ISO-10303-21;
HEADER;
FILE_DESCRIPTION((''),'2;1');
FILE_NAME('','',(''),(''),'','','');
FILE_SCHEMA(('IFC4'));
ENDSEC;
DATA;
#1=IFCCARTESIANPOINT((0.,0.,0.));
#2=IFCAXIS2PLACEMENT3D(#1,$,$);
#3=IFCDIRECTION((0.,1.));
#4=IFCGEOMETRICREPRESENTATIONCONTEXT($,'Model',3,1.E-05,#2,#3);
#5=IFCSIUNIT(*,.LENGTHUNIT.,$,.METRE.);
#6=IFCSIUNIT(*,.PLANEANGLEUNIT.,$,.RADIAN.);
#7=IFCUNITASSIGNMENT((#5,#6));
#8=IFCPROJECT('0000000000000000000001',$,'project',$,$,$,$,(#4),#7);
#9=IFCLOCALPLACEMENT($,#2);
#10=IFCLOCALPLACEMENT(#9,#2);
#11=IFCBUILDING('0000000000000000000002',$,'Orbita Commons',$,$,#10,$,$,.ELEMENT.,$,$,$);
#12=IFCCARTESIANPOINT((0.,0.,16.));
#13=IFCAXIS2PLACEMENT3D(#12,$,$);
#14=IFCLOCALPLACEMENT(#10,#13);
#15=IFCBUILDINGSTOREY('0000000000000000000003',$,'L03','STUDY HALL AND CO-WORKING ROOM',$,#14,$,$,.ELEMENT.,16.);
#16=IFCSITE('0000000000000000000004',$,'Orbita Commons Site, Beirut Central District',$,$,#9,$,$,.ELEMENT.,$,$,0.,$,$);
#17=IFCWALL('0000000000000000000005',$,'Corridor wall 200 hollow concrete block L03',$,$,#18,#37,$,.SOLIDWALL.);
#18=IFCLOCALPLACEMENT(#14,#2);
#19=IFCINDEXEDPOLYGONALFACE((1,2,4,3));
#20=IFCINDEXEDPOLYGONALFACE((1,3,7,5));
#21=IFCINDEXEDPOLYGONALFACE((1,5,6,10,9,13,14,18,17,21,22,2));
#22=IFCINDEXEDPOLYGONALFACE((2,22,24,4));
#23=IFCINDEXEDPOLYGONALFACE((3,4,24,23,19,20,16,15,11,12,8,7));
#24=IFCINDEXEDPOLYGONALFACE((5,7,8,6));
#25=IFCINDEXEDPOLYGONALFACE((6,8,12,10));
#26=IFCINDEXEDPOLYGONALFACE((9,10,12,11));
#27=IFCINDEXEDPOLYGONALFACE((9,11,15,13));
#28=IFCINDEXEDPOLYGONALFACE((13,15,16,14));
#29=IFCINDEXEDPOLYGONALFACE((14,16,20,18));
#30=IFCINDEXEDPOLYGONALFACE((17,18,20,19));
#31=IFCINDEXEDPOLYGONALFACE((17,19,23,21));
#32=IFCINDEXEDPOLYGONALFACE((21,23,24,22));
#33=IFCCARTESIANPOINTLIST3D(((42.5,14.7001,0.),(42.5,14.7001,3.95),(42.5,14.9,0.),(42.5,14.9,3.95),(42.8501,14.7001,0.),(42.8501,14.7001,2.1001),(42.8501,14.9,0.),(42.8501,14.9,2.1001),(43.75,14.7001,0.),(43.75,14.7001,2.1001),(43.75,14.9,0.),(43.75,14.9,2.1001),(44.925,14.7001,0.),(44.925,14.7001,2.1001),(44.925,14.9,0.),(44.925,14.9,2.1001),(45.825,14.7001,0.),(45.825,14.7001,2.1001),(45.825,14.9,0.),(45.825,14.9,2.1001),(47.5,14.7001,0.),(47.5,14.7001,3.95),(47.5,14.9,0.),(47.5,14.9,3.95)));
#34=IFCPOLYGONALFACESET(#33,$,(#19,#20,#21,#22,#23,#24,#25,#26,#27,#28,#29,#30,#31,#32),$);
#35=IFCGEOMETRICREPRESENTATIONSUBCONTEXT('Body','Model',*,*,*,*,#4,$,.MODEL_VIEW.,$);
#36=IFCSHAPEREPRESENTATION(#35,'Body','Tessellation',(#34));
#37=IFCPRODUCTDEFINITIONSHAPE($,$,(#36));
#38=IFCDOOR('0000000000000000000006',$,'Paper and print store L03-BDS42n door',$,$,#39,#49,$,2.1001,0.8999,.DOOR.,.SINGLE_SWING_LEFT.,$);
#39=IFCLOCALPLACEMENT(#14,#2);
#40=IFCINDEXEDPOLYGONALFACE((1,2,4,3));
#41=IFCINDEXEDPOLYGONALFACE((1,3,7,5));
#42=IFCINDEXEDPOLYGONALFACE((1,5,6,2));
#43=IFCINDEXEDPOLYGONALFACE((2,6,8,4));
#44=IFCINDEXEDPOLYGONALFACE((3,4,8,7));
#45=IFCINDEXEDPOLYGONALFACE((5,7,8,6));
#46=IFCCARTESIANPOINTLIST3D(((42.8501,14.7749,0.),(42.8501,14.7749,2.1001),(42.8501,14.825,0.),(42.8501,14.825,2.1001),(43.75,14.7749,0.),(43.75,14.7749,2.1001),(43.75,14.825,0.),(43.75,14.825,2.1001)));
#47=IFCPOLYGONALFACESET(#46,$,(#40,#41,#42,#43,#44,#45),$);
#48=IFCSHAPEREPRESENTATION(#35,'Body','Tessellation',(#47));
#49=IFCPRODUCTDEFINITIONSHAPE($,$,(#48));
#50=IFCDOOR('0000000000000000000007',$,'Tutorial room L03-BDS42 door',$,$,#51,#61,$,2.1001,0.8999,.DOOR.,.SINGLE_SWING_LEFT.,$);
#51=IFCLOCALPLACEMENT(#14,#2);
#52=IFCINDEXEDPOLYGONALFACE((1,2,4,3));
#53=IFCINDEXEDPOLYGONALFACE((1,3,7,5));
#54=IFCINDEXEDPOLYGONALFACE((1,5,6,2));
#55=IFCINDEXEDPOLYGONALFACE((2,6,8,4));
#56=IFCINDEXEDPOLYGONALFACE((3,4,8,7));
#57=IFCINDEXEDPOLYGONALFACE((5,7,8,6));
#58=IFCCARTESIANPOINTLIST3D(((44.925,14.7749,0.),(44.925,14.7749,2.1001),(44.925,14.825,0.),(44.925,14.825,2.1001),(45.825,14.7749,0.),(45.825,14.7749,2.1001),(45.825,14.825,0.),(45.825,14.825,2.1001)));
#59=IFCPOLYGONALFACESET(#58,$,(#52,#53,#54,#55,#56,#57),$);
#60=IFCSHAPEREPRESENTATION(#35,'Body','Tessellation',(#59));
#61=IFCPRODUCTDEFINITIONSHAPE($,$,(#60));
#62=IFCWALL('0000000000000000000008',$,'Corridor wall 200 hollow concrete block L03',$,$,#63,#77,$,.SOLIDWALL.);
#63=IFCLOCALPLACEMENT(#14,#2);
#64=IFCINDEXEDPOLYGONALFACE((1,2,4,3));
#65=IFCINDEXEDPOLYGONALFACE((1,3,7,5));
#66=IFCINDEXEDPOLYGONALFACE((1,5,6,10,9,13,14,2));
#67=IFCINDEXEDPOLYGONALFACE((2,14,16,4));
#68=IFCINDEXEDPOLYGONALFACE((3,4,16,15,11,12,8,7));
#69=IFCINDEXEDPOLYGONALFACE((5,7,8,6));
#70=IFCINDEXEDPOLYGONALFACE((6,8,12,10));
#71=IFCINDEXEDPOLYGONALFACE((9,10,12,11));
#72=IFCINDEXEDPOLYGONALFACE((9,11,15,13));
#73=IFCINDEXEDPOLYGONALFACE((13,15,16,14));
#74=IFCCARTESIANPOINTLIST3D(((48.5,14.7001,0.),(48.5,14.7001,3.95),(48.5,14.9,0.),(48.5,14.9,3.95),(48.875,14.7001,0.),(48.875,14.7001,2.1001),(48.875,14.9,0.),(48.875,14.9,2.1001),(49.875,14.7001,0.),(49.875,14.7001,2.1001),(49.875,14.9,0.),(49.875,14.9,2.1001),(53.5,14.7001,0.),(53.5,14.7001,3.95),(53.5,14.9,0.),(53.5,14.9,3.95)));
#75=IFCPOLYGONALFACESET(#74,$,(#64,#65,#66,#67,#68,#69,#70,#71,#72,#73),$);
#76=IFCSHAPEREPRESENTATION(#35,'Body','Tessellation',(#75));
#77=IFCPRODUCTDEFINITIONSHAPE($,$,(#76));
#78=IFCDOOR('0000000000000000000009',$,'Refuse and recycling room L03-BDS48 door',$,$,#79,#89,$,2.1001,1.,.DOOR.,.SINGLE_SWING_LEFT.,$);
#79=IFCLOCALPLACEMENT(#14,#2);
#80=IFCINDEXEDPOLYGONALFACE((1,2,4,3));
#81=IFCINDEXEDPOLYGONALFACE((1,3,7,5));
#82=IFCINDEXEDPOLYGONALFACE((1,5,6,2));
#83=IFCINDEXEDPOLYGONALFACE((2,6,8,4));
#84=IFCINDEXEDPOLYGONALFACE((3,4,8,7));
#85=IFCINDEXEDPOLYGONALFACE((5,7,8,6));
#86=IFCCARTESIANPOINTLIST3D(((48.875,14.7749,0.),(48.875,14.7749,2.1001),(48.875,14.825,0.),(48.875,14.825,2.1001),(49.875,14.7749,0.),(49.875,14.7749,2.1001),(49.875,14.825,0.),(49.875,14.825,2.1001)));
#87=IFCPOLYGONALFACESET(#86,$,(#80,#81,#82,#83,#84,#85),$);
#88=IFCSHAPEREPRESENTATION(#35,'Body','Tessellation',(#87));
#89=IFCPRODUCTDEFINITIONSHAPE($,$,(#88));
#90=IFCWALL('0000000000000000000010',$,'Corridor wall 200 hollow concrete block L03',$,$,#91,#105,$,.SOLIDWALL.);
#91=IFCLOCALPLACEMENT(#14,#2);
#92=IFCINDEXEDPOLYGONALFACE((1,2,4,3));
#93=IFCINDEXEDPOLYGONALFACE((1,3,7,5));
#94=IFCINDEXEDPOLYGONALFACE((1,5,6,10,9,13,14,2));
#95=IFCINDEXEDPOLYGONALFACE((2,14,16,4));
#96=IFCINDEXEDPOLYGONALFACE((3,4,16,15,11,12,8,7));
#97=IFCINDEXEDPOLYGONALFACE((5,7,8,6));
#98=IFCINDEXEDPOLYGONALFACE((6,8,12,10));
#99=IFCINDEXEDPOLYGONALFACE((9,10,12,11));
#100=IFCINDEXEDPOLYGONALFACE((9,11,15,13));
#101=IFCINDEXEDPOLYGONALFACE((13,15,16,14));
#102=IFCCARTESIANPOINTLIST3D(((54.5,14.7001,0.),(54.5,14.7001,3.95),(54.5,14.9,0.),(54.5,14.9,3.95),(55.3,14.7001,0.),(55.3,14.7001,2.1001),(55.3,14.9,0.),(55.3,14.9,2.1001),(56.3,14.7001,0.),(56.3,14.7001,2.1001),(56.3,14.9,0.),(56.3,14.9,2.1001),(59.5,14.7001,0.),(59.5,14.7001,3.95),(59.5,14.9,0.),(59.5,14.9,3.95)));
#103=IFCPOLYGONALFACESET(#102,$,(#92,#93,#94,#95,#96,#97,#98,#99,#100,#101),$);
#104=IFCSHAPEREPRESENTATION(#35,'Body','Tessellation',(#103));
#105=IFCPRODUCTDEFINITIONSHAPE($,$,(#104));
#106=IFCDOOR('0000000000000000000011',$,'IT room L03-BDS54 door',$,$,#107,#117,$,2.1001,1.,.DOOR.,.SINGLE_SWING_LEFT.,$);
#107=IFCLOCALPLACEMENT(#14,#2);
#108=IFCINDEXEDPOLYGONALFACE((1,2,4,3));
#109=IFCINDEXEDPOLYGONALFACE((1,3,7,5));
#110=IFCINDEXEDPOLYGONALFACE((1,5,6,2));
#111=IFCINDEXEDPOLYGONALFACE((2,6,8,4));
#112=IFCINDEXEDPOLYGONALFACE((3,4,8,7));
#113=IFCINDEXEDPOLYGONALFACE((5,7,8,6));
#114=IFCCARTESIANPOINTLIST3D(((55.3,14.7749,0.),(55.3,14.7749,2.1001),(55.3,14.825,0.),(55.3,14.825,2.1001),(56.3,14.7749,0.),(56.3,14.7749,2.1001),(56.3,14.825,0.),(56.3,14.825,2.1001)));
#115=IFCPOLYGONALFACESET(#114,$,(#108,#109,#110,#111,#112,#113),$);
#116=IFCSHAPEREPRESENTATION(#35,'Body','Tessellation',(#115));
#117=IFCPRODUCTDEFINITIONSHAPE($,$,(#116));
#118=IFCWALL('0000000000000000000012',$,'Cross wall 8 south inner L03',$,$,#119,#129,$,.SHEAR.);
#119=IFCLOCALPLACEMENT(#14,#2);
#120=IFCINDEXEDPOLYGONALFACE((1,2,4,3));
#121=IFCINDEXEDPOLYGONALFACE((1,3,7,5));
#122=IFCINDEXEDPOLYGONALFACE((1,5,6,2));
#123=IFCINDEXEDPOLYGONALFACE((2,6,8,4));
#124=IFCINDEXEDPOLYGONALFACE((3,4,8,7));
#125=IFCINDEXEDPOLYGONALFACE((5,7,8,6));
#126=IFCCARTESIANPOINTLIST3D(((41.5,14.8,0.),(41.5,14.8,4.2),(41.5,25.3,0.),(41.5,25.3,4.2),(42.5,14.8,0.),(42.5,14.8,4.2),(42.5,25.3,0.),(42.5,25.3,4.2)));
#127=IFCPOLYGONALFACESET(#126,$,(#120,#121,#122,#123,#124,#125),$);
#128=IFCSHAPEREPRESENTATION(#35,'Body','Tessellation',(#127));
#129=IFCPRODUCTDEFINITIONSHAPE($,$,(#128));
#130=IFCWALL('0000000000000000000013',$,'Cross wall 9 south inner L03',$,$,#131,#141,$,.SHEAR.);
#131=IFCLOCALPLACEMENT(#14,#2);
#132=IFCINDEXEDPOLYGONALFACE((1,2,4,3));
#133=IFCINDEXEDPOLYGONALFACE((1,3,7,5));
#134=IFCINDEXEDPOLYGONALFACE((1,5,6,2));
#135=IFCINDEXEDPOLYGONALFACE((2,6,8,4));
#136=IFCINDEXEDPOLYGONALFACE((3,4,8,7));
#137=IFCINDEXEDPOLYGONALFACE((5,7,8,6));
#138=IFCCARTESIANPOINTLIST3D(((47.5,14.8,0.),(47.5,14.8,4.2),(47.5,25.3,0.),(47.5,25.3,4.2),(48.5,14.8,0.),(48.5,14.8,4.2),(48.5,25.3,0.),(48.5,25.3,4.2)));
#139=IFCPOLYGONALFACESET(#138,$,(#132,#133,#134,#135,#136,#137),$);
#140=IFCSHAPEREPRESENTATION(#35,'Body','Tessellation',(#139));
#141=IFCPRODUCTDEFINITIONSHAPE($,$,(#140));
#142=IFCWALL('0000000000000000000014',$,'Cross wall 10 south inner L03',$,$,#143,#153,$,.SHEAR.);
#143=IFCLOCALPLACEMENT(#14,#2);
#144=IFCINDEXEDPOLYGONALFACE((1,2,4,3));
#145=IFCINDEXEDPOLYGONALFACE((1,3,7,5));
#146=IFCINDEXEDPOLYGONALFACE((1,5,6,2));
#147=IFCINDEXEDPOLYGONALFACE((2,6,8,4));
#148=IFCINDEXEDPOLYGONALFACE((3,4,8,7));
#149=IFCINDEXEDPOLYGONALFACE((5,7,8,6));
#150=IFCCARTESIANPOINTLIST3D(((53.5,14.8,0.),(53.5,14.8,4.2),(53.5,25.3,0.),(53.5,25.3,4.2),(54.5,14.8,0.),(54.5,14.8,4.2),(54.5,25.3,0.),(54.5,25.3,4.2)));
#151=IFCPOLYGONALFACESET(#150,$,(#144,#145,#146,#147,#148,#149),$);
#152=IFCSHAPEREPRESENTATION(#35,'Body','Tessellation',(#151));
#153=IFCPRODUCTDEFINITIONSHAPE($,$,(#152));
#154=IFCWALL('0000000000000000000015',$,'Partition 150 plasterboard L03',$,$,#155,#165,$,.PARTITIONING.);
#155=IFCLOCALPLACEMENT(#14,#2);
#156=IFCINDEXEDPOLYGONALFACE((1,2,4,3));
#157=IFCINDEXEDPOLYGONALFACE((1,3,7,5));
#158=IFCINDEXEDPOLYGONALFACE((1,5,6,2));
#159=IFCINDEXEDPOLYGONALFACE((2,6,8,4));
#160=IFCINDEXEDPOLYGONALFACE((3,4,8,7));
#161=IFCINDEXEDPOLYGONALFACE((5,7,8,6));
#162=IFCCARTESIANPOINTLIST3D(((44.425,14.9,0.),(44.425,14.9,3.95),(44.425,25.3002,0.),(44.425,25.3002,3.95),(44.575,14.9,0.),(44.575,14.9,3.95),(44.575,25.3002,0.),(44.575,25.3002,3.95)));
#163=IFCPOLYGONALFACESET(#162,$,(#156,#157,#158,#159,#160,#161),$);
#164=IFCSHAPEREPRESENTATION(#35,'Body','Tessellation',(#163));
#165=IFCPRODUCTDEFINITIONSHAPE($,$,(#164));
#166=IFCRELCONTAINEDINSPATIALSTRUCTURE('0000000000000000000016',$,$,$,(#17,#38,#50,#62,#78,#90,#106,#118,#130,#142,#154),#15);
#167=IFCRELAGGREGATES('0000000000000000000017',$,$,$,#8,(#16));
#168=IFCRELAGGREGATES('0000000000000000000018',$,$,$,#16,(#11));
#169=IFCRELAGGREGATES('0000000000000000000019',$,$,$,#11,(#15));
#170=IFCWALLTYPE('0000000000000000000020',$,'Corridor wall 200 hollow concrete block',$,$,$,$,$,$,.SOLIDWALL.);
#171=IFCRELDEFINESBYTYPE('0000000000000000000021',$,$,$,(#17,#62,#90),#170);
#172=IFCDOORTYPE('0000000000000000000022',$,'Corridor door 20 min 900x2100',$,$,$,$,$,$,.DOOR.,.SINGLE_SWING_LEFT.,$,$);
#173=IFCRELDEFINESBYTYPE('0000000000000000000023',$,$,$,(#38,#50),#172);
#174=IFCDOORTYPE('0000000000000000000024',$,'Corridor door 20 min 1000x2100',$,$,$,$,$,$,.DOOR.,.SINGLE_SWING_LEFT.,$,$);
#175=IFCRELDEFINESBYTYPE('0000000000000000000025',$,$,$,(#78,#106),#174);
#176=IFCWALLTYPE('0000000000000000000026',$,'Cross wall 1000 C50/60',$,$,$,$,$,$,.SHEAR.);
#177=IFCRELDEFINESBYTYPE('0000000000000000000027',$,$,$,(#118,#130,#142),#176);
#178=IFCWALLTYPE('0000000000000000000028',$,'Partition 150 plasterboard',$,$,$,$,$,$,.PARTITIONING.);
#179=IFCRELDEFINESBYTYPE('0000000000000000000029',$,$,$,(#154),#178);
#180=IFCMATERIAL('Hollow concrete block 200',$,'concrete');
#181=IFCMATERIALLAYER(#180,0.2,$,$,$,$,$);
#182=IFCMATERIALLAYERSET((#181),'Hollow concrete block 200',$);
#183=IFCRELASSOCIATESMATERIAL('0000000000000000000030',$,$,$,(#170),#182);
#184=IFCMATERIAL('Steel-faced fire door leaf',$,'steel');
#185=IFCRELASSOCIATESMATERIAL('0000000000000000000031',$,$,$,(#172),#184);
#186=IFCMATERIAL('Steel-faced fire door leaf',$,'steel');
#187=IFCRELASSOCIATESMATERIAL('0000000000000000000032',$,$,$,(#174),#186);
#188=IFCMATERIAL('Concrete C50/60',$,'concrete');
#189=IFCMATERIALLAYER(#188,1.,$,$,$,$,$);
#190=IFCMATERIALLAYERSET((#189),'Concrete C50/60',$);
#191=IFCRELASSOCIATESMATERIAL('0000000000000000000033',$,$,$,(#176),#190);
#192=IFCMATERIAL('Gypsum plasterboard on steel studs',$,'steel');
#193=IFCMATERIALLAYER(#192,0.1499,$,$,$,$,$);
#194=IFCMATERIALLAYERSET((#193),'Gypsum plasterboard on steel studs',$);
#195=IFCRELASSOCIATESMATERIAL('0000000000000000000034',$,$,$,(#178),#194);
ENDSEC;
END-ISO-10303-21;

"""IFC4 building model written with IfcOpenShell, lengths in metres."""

from ifc_helpers import new_model, si_unit, direction, frame, frame_2d, origin, place, context, subcontext, project, spatial, rectangle, extrude, material, layer, layer_set, type_object, element, fill, save


model = new_model("IFC4")

# Units and contexts
model_context = context("Model", 3, precision=1e-05, world=origin(), true_north=direction((0.0, 1.0)))
body_context = subcontext(model_context, "Body", "Model", "MODEL_VIEW")
ifc_project = project(units=[si_unit("LENGTHUNIT", "METRE"), si_unit("PLANEANGLEUNIT", "RADIAN")], contexts=[model_context])

# Site, building, storey
site_placement = place(None, origin())
site = spatial("IfcSite", under=ifc_project, at=site_placement, Name="Orbita Commons Site, Beirut Central District", CompositionType="ELEMENT", RefElevation=0.0)
building_placement = place(site_placement, origin())
building = spatial("IfcBuilding", under=site, at=building_placement, Name="Orbita Commons", CompositionType="ELEMENT")
storey_placement = place(building_placement, frame((0.0, 0.0, 16.0)))
storey = spatial("IfcBuildingStorey", under=building, at=storey_placement, Name="L03", Description="STUDY HALL AND CO-WORKING ROOM", CompositionType="ELEMENT", Elevation=16.0)

# Wall, openings, doors
ifc_material_1 = material(Name="Hollow concrete block 200", Category="concrete")
ifc_layer_1 = layer(ifc_material_1, 0.2)
ifc_layer_set_1 = layer_set([ifc_layer_1], Name="Hollow concrete block 200")
wall_type_1 = type_object("IfcWallType", Name="Corridor wall 200 hollow concrete block", PredefinedType="SOLIDWALL", material=ifc_layer_set_1)
wall_1_placement = place(storey_placement, frame((42.5, 14.8, 0.0), z_axis=(0.0, 0.0, 1.0), x_axis=(1.0, 0.0, 0.0)))
wall_1 = element("IfcWall", 1, at=wall_1_placement, inside=storey, type_object=wall_type_1, Name="Corridor wall 200 hollow concrete block L03", PredefinedType="SOLIDWALL", context=body_context, shape_type="SweptSolid", body=[
    extrude(rectangle(XDim=5.0, YDim=0.2, at=frame_2d((2.5, 0.0))), origin(), (0.0, 0.0, 1.0), 3.95),
])
opening_1_placement = place(wall_1_placement, frame((0.3501, 0.0, 0.0)))
opening_1 = element("IfcOpeningElement", 2, at=opening_1_placement, cuts=wall_1, PredefinedType="OPENING", context=body_context, shape_type="SweptSolid", body=[
    extrude(rectangle(XDim=0.8999, YDim=2.1001, at=frame_2d((0.45, 1.05))), frame((0.0, 0.1099, 0.0), z_axis=(0.0, -1.0, 0.0), x_axis=(1.0, 0.0, 0.0)), (0.0, 0.0, 1.0), 0.22),
])
opening_2_placement = place(wall_1_placement, frame((2.425, 0.0, 0.0)))
opening_2 = element("IfcOpeningElement", 3, at=opening_2_placement, cuts=wall_1, PredefinedType="OPENING", context=body_context, shape_type="SweptSolid", body=[
    extrude(rectangle(XDim=0.8999, YDim=2.1001, at=frame_2d((0.45, 1.05))), frame((0.0, 0.1099, 0.0), z_axis=(0.0, -1.0, 0.0), x_axis=(1.0, 0.0, 0.0)), (0.0, 0.0, 1.0), 0.22),
])
ifc_material_2 = material(Name="Steel-faced fire door leaf", Category="steel")
door_type_1 = type_object("IfcDoorType", Name="Corridor door 20 min 900x2100", OperationType="SINGLE_SWING_LEFT", PredefinedType="DOOR", material=ifc_material_2)
door_1_placement = place(opening_1_placement, origin())
door_1 = element("IfcDoor", 4, at=door_1_placement, inside=storey, type_object=door_type_1, Name="Paper and print store L03-BDS42n door", OperationType="SINGLE_SWING_LEFT", OverallHeight=2.1001, OverallWidth=0.8999, PredefinedType="DOOR", context=body_context, shape_type="SweptSolid", body=[
    extrude(rectangle(XDim=0.8999, YDim=2.1001, at=frame_2d((0.45, 1.05))), frame((0.0, 0.0249, 0.0), z_axis=(0.0, -1.0, 0.0), x_axis=(1.0, 0.0, 0.0)), (0.0, 0.0, 1.0), 0.05),
])
fill(opening_1, door_1)
door_2_placement = place(opening_2_placement, origin())
door_2 = element("IfcDoor", 5, at=door_2_placement, inside=storey, type_object=door_type_1, Name="Tutorial room L03-BDS42 door", OperationType="SINGLE_SWING_LEFT", OverallHeight=2.1001, OverallWidth=0.8999, PredefinedType="DOOR", context=body_context, shape_type="SweptSolid", body=[
    extrude(rectangle(XDim=0.8999, YDim=2.1001, at=frame_2d((0.45, 1.05))), frame((0.0, 0.0249, 0.0), z_axis=(0.0, -1.0, 0.0), x_axis=(1.0, 0.0, 0.0)), (0.0, 0.0, 1.0), 0.05),
])
fill(opening_2, door_2)

# Walls, openings, doors
wall_2_placement = place(storey_placement, frame((48.5, 14.8, 0.0), z_axis=(0.0, 0.0, 1.0), x_axis=(1.0, 0.0, 0.0)))
wall_2 = element("IfcWall", 6, at=wall_2_placement, inside=storey, type_object=wall_type_1, Name="Corridor wall 200 hollow concrete block L03", PredefinedType="SOLIDWALL", context=body_context, shape_type="SweptSolid", body=[
    extrude(rectangle(XDim=5.0, YDim=0.2, at=frame_2d((2.5, 0.0))), origin(), (0.0, 0.0, 1.0), 3.95),
])
opening_3_placement = place(wall_2_placement, frame((0.375, 0.0, 0.0)))
opening_3 = element("IfcOpeningElement", 7, at=opening_3_placement, cuts=wall_2, PredefinedType="OPENING", context=body_context, shape_type="SweptSolid", body=[
    extrude(rectangle(XDim=1.0, YDim=2.1001, at=frame_2d((0.5, 1.05))), frame((0.0, 0.1099, 0.0), z_axis=(0.0, -1.0, 0.0), x_axis=(1.0, 0.0, 0.0)), (0.0, 0.0, 1.0), 0.22),
])
ifc_material_3 = material(Name="Steel-faced fire door leaf", Category="steel")
door_type_2 = type_object("IfcDoorType", Name="Corridor door 20 min 1000x2100", OperationType="SINGLE_SWING_LEFT", PredefinedType="DOOR", material=ifc_material_3)
door_3_placement = place(opening_3_placement, origin())
door_3 = element("IfcDoor", 8, at=door_3_placement, inside=storey, type_object=door_type_2, Name="Refuse and recycling room L03-BDS48 door", OperationType="SINGLE_SWING_LEFT", OverallHeight=2.1001, OverallWidth=1.0, PredefinedType="DOOR", context=body_context, shape_type="SweptSolid", body=[
    extrude(rectangle(XDim=1.0, YDim=2.1001, at=frame_2d((0.5, 1.05))), frame((0.0, 0.0249, 0.0), z_axis=(0.0, -1.0, 0.0), x_axis=(1.0, 0.0, 0.0)), (0.0, 0.0, 1.0), 0.05),
])
fill(opening_3, door_3)
wall_3_placement = place(storey_placement, frame((54.5, 14.8, 0.0), z_axis=(0.0, 0.0, 1.0), x_axis=(1.0, 0.0, 0.0)))
wall_3 = element("IfcWall", 9, at=wall_3_placement, inside=storey, type_object=wall_type_1, Name="Corridor wall 200 hollow concrete block L03", PredefinedType="SOLIDWALL", context=body_context, shape_type="SweptSolid", body=[
    extrude(rectangle(XDim=5.0, YDim=0.2, at=frame_2d((2.5, 0.0))), origin(), (0.0, 0.0, 1.0), 3.95),
])
opening_4_placement = place(wall_3_placement, frame((0.8, 0.0, 0.0)))
opening_4 = element("IfcOpeningElement", 10, at=opening_4_placement, cuts=wall_3, PredefinedType="OPENING", context=body_context, shape_type="SweptSolid", body=[
    extrude(rectangle(XDim=1.0, YDim=2.1001, at=frame_2d((0.5, 1.05))), frame((0.0, 0.1099, 0.0), z_axis=(0.0, -1.0, 0.0), x_axis=(1.0, 0.0, 0.0)), (0.0, 0.0, 1.0), 0.22),
])
door_4_placement = place(opening_4_placement, origin())
door_4 = element("IfcDoor", 11, at=door_4_placement, inside=storey, type_object=door_type_2, Name="IT room L03-BDS54 door", OperationType="SINGLE_SWING_LEFT", OverallHeight=2.1001, OverallWidth=1.0, PredefinedType="DOOR", context=body_context, shape_type="SweptSolid", body=[
    extrude(rectangle(XDim=1.0, YDim=2.1001, at=frame_2d((0.5, 1.05))), frame((0.0, 0.0249, 0.0), z_axis=(0.0, -1.0, 0.0), x_axis=(1.0, 0.0, 0.0)), (0.0, 0.0, 1.0), 0.05),
])
fill(opening_4, door_4)

# Walls
ifc_material_4 = material(Name="Concrete C50/60", Category="concrete")
ifc_layer_2 = layer(ifc_material_4, 1.0)
ifc_layer_set_2 = layer_set([ifc_layer_2], Name="Concrete C50/60")
wall_type_2 = type_object("IfcWallType", Name="Cross wall 1000 C50/60", PredefinedType="SHEAR", material=ifc_layer_set_2)
for number, where, z_axis, x_axis, name in (
    (12, (42.0, 14.8, 0.0), (0.0, 0.0, 1.0), (0.0, 1.0, 0.0), "Cross wall 8 south inner L03"),
    (13, (48.0, 14.8, 0.0), (0.0, 0.0, 1.0), (0.0, 1.0, 0.0), "Cross wall 9 south inner L03"),
    (14, (54.0, 14.8, 0.0), (0.0, 0.0, 1.0), (0.0, 1.0, 0.0), "Cross wall 10 south inner L03"),
):
    element("IfcWall", number, at=place(storey_placement, frame(where, z_axis=z_axis, x_axis=x_axis)), inside=storey, type_object=wall_type_2, Name=name, PredefinedType="SHEAR", context=body_context, shape_type="SweptSolid", body=[
        extrude(rectangle(XDim=10.5, YDim=1.0, at=frame_2d((5.25, 0.0))), origin(), (0.0, 0.0, 1.0), 4.2),
    ])
ifc_material_5 = material(Name="Gypsum plasterboard on steel studs", Category="steel")
ifc_layer_3 = layer(ifc_material_5, 0.1499)
ifc_layer_set_3 = layer_set([ifc_layer_3], Name="Gypsum plasterboard on steel studs")
wall_type_3 = type_object("IfcWallType", Name="Partition 150 plasterboard", PredefinedType="PARTITIONING", material=ifc_layer_set_3)
wall_4_placement = place(storey_placement, frame((44.5, 14.8999, 0.0), z_axis=(0.0, 0.0, 1.0), x_axis=(0.0, 1.0, 0.0)))
element("IfcWall", 15, at=wall_4_placement, inside=storey, type_object=wall_type_3, Name="Partition 150 plasterboard L03", PredefinedType="PARTITIONING", context=body_context, shape_type="SweptSolid", body=[
    extrude(rectangle(XDim=10.4001, YDim=0.1499, at=frame_2d((5.2002, 0.0))), origin(), (0.0, 0.0, 1.0), 3.95),
])

save(model, "model.ifc")
